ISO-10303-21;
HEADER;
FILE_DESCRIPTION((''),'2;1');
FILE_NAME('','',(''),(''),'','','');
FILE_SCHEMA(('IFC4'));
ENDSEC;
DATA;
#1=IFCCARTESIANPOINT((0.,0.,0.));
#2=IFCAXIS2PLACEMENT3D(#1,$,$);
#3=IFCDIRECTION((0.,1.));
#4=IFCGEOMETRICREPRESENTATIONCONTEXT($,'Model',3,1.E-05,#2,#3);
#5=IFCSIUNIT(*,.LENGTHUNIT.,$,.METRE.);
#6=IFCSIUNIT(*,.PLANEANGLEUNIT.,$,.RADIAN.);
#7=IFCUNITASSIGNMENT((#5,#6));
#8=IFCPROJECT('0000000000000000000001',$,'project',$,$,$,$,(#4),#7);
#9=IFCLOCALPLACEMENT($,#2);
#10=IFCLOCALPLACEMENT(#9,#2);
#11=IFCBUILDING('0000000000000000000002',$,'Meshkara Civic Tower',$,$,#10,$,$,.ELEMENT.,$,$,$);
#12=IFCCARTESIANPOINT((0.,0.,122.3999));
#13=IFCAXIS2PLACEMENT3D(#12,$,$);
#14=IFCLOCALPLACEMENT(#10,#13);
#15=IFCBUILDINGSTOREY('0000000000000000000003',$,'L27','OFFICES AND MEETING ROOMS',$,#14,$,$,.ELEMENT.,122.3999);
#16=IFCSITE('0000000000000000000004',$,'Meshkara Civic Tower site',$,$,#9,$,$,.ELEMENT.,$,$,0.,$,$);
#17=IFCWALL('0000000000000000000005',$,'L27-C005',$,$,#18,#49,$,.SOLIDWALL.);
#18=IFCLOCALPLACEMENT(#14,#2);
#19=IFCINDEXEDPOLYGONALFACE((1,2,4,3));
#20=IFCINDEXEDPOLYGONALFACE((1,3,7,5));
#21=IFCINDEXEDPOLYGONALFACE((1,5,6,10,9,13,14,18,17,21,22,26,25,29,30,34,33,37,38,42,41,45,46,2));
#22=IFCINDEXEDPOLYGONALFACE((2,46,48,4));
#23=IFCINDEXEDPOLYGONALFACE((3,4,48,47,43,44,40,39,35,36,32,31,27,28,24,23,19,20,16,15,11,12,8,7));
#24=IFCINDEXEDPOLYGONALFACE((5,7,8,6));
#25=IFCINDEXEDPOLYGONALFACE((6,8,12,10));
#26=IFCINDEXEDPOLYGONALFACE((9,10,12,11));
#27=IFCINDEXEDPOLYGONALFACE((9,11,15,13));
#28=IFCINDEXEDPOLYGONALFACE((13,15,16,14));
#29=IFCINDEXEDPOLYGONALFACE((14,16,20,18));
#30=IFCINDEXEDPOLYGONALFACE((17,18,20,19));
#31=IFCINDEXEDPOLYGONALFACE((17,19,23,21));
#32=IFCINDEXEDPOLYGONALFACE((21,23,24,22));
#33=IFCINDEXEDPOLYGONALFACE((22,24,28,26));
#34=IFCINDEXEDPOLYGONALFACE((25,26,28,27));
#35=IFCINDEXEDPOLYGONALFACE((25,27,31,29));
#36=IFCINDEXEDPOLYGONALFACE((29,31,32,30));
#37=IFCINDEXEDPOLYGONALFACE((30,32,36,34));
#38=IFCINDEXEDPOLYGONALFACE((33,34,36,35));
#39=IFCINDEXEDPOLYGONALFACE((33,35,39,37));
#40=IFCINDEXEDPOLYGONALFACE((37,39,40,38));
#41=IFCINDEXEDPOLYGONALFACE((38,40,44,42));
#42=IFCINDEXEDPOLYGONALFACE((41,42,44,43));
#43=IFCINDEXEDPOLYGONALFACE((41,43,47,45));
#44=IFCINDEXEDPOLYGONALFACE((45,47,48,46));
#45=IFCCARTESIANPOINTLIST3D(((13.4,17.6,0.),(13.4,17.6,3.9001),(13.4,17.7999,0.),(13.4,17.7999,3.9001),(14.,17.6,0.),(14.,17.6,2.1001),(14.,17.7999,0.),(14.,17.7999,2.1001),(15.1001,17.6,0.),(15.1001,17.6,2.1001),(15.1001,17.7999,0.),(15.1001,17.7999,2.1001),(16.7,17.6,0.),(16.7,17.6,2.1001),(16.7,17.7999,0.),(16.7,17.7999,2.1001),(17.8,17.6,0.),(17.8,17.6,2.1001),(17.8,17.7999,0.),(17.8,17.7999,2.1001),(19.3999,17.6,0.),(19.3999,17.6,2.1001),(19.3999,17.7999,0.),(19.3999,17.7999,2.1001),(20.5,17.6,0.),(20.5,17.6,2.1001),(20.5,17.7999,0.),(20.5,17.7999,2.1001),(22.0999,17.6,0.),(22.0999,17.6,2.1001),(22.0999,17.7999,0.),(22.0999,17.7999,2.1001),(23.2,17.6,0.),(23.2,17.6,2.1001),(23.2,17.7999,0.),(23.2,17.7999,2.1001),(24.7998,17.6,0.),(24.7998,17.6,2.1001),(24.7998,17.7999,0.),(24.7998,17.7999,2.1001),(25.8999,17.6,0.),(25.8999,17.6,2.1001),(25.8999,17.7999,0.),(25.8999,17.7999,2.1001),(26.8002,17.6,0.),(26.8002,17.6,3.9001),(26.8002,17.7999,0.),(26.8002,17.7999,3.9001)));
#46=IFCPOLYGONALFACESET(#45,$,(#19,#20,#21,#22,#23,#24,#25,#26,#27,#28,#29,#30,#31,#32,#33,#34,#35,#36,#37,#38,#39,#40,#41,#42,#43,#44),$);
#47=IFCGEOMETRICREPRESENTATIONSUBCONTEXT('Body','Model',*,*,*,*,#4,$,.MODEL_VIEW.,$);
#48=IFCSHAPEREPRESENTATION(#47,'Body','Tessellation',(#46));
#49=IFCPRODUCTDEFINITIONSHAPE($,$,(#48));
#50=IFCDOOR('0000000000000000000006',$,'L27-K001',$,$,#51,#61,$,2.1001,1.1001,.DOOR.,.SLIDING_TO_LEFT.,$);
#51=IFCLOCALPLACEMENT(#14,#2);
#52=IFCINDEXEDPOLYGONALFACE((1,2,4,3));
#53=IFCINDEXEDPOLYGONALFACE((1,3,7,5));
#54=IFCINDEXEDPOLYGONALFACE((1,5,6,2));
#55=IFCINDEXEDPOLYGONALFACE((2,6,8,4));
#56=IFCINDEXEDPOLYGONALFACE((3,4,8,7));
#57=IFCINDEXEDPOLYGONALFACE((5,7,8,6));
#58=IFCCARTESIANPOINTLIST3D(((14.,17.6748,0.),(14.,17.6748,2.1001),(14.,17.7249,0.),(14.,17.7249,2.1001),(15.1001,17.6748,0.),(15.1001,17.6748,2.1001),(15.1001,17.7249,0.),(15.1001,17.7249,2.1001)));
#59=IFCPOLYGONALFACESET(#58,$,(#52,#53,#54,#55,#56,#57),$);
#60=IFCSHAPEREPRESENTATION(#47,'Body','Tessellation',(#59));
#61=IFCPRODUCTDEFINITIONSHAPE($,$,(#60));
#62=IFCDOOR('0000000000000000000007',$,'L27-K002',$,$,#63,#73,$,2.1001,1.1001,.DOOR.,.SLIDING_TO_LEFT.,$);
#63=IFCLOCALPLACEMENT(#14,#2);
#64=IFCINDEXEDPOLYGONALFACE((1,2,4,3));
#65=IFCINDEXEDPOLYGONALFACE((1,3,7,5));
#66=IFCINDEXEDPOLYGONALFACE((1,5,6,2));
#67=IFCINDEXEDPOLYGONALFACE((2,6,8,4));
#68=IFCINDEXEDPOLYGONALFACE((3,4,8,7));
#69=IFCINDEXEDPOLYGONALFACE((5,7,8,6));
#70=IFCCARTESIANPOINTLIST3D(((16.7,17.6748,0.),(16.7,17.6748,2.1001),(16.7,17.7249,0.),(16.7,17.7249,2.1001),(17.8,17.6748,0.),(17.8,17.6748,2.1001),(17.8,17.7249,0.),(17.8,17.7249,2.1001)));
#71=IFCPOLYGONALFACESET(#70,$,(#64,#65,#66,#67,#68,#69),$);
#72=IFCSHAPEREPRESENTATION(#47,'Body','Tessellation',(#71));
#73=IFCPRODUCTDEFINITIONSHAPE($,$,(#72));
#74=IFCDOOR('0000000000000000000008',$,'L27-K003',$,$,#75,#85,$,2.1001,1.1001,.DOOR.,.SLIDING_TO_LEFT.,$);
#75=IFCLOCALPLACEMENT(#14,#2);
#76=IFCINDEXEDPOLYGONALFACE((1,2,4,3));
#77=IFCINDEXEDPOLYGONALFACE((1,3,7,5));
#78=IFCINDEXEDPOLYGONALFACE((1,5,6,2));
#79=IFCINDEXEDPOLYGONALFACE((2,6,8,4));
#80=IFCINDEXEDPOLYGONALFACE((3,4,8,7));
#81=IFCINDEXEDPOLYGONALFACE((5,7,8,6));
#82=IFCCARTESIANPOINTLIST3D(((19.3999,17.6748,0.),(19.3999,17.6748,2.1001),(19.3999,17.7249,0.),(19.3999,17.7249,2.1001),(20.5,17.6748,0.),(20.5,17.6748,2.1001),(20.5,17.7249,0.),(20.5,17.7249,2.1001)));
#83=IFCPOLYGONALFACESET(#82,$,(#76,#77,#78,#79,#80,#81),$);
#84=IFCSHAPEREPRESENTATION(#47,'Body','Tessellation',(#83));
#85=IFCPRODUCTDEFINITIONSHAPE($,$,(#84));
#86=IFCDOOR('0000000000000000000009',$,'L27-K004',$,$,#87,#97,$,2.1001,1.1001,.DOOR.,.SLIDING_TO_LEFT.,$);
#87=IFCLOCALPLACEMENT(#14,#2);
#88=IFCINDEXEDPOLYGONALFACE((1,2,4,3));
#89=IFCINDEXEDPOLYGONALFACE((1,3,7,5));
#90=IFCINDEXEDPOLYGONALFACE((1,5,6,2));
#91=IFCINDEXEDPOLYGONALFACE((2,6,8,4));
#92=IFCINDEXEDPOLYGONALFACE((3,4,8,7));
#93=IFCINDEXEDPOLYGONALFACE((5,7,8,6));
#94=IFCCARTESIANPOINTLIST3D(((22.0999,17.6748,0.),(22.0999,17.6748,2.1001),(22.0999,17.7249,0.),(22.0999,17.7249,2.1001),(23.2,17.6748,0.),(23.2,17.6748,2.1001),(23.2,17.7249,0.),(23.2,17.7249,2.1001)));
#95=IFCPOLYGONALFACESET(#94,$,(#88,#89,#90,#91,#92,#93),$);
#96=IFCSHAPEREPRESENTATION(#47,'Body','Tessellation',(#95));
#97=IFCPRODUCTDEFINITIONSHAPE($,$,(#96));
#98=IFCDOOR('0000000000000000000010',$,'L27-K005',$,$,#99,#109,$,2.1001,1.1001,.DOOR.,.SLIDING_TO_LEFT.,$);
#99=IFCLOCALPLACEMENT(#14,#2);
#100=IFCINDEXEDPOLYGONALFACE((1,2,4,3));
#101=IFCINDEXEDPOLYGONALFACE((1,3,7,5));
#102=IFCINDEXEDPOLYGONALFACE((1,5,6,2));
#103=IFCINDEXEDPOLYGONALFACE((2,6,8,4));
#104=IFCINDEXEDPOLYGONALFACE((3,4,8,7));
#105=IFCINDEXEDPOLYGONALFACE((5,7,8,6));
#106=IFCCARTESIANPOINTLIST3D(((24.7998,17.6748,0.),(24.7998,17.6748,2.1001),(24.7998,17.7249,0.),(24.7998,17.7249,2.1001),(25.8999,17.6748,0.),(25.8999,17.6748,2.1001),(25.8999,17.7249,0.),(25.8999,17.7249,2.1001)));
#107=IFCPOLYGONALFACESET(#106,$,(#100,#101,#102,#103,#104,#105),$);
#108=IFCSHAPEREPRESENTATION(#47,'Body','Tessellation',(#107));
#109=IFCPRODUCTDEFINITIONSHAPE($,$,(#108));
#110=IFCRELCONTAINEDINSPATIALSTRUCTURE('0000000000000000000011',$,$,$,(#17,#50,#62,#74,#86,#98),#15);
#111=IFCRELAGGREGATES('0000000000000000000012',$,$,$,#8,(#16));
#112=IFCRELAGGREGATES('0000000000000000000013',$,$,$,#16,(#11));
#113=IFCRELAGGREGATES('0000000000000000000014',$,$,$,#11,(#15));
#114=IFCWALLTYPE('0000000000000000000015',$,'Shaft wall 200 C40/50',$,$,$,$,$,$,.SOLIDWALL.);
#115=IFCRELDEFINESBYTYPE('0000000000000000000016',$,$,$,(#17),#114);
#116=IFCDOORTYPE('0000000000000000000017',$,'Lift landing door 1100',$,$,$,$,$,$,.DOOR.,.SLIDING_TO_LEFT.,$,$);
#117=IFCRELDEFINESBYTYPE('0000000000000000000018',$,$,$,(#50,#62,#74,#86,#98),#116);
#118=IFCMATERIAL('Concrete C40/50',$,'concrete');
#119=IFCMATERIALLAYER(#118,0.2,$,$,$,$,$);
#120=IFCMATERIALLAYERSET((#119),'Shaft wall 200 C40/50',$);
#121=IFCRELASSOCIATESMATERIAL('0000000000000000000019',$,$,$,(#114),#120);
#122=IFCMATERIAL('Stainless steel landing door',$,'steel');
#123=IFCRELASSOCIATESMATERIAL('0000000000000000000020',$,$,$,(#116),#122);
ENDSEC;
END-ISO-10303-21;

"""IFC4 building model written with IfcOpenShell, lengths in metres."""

from ifc_helpers import new_model, si_unit, direction, frame, frame_2d, origin, place, context, subcontext, project, spatial, rectangle, extrude, material, layer, layer_set, type_object, element, fill, save


model = new_model("IFC4")

# Units and contexts
model_context = context("Model", 3, precision=1e-05, world=origin(), true_north=direction((0.0, 1.0)))
body_context = subcontext(model_context, "Body", "Model", "MODEL_VIEW")
ifc_project = project(units=[si_unit("LENGTHUNIT", "METRE"), si_unit("PLANEANGLEUNIT", "RADIAN")], contexts=[model_context])

# Site, building, storey
site_placement = place(None, origin())
site = spatial("IfcSite", under=ifc_project, at=site_placement, Name="Meshkara Civic Tower site", CompositionType="ELEMENT", RefElevation=0.0)
building_placement = place(site_placement, origin())
building = spatial("IfcBuilding", under=site, at=building_placement, Name="Meshkara Civic Tower", CompositionType="ELEMENT")
storey_placement = place(building_placement, frame((0.0, 0.0, 122.3999)))
storey = spatial("IfcBuildingStorey", under=building, at=storey_placement, Name="L27", Description="OFFICES AND MEETING ROOMS", CompositionType="ELEMENT", Elevation=122.3999)

# Wall, openings, doors
ifc_material_1 = material(Name="Concrete C40/50", Category="concrete")
ifc_layer_1 = layer(ifc_material_1, 0.2)
ifc_layer_set_1 = layer_set([ifc_layer_1], Name="Shaft wall 200 C40/50")
wall_type_1 = type_object("IfcWallType", Name="Shaft wall 200 C40/50", PredefinedType="SOLIDWALL", material=ifc_layer_set_1)
wall_1_placement = place(storey_placement, frame((13.3999, 17.7, 0.0), z_axis=(0.0, 0.0, 1.0), x_axis=(1.0, 0.0, 0.0)))
wall_1 = element("IfcWall", 1, at=wall_1_placement, inside=storey, type_object=wall_type_1, Name="L27-C005", PredefinedType="SOLIDWALL", context=body_context, shape_type="SweptSolid", body=[
    extrude(rectangle(XDim=13.4001, YDim=0.2, at=frame_2d((6.7002, 0.0))), origin(), (0.0, 0.0, 1.0), 3.9001),
])
opening_1_placement = place(wall_1_placement, frame((0.6001, 0.0, 0.0)))
opening_1 = element("IfcOpeningElement", 2, at=opening_1_placement, cuts=wall_1, PredefinedType="OPENING", context=body_context, shape_type="SweptSolid", body=[
    extrude(rectangle(XDim=1.1001, YDim=2.1001, at=frame_2d((0.55, 1.05))), frame((0.0, 0.1099, 0.0), z_axis=(0.0, -1.0, 0.0), x_axis=(1.0, 0.0, 0.0)), (0.0, 0.0, 1.0), 0.22),
])
opening_2_placement = place(wall_1_placement, frame((3.3, 0.0, 0.0)))
opening_2 = element("IfcOpeningElement", 3, at=opening_2_placement, cuts=wall_1, PredefinedType="OPENING", context=body_context, shape_type="SweptSolid", body=[
    extrude(rectangle(XDim=1.1001, YDim=2.1001, at=frame_2d((0.55, 1.05))), frame((0.0, 0.1099, 0.0), z_axis=(0.0, -1.0, 0.0), x_axis=(1.0, 0.0, 0.0)), (0.0, 0.0, 1.0), 0.22),
])
opening_3_placement = place(wall_1_placement, frame((6.0, 0.0, 0.0)))
opening_3 = element("IfcOpeningElement", 4, at=opening_3_placement, cuts=wall_1, PredefinedType="OPENING", context=body_context, shape_type="SweptSolid", body=[
    extrude(rectangle(XDim=1.1001, YDim=2.1001, at=frame_2d((0.55, 1.05))), frame((0.0, 0.1099, 0.0), z_axis=(0.0, -1.0, 0.0), x_axis=(1.0, 0.0, 0.0)), (0.0, 0.0, 1.0), 0.22),
])
opening_4_placement = place(wall_1_placement, frame((8.7, 0.0, 0.0)))
opening_4 = element("IfcOpeningElement", 5, at=opening_4_placement, cuts=wall_1, PredefinedType="OPENING", context=body_context, shape_type="SweptSolid", body=[
    extrude(rectangle(XDim=1.1001, YDim=2.1001, at=frame_2d((0.55, 1.05))), frame((0.0, 0.1099, 0.0), z_axis=(0.0, -1.0, 0.0), x_axis=(1.0, 0.0, 0.0)), (0.0, 0.0, 1.0), 0.22),
])
opening_5_placement = place(wall_1_placement, frame((11.3999, 0.0, 0.0)))
opening_5 = element("IfcOpeningElement", 6, at=opening_5_placement, cuts=wall_1, PredefinedType="OPENING", context=body_context, shape_type="SweptSolid", body=[
    extrude(rectangle(XDim=1.1001, YDim=2.1001, at=frame_2d((0.55, 1.05))), frame((0.0, 0.1099, 0.0), z_axis=(0.0, -1.0, 0.0), x_axis=(1.0, 0.0, 0.0)), (0.0, 0.0, 1.0), 0.22),
])
ifc_material_2 = material(Name="Stainless steel landing door", Category="steel")
door_type_1 = type_object("IfcDoorType", Name="Lift landing door 1100", OperationType="SLIDING_TO_LEFT", PredefinedType="DOOR", material=ifc_material_2)
door_1_placement = place(opening_1_placement, origin())
door_1 = element("IfcDoor", 7, at=door_1_placement, inside=storey, type_object=door_type_1, Name="L27-K001", OperationType="SLIDING_TO_LEFT", OverallHeight=2.1001, OverallWidth=1.1001, PredefinedType="DOOR", context=body_context, shape_type="SweptSolid", body=[
    extrude(rectangle(XDim=1.1001, YDim=2.1001, at=frame_2d((0.55, 1.05))), frame((0.0, 0.0249, 0.0), z_axis=(0.0, -1.0, 0.0), x_axis=(1.0, 0.0, 0.0)), (0.0, 0.0, 1.0), 0.05),
])
fill(opening_1, door_1)
door_2_placement = place(opening_2_placement, origin())
door_2 = element("IfcDoor", 8, at=door_2_placement, inside=storey, type_object=door_type_1, Name="L27-K002", OperationType="SLIDING_TO_LEFT", OverallHeight=2.1001, OverallWidth=1.1001, PredefinedType="DOOR", context=body_context, shape_type="SweptSolid", body=[
    extrude(rectangle(XDim=1.1001, YDim=2.1001, at=frame_2d((0.55, 1.05))), frame((0.0, 0.0249, 0.0), z_axis=(0.0, -1.0, 0.0), x_axis=(1.0, 0.0, 0.0)), (0.0, 0.0, 1.0), 0.05),
])
fill(opening_2, door_2)
door_3_placement = place(opening_3_placement, origin())
door_3 = element("IfcDoor", 9, at=door_3_placement, inside=storey, type_object=door_type_1, Name="L27-K003", OperationType="SLIDING_TO_LEFT", OverallHeight=2.1001, OverallWidth=1.1001, PredefinedType="DOOR", context=body_context, shape_type="SweptSolid", body=[
    extrude(rectangle(XDim=1.1001, YDim=2.1001, at=frame_2d((0.55, 1.05))), frame((0.0, 0.0249, 0.0), z_axis=(0.0, -1.0, 0.0), x_axis=(1.0, 0.0, 0.0)), (0.0, 0.0, 1.0), 0.05),
])
fill(opening_3, door_3)
door_4_placement = place(opening_4_placement, origin())
door_4 = element("IfcDoor", 10, at=door_4_placement, inside=storey, type_object=door_type_1, Name="L27-K004", OperationType="SLIDING_TO_LEFT", OverallHeight=2.1001, OverallWidth=1.1001, PredefinedType="DOOR", context=body_context, shape_type="SweptSolid", body=[
    extrude(rectangle(XDim=1.1001, YDim=2.1001, at=frame_2d((0.55, 1.05))), frame((0.0, 0.0249, 0.0), z_axis=(0.0, -1.0, 0.0), x_axis=(1.0, 0.0, 0.0)), (0.0, 0.0, 1.0), 0.05),
])
fill(opening_4, door_4)
door_5_placement = place(opening_5_placement, origin())
door_5 = element("IfcDoor", 11, at=door_5_placement, inside=storey, type_object=door_type_1, Name="L27-K005", OperationType="SLIDING_TO_LEFT", OverallHeight=2.1001, OverallWidth=1.1001, PredefinedType="DOOR", context=body_context, shape_type="SweptSolid", body=[
    extrude(rectangle(XDim=1.1001, YDim=2.1001, at=frame_2d((0.55, 1.05))), frame((0.0, 0.0249, 0.0), z_axis=(0.0, -1.0, 0.0), x_axis=(1.0, 0.0, 0.0)), (0.0, 0.0, 1.0), 0.05),
])
fill(opening_5, door_5)

save(model, "model.ifc")
